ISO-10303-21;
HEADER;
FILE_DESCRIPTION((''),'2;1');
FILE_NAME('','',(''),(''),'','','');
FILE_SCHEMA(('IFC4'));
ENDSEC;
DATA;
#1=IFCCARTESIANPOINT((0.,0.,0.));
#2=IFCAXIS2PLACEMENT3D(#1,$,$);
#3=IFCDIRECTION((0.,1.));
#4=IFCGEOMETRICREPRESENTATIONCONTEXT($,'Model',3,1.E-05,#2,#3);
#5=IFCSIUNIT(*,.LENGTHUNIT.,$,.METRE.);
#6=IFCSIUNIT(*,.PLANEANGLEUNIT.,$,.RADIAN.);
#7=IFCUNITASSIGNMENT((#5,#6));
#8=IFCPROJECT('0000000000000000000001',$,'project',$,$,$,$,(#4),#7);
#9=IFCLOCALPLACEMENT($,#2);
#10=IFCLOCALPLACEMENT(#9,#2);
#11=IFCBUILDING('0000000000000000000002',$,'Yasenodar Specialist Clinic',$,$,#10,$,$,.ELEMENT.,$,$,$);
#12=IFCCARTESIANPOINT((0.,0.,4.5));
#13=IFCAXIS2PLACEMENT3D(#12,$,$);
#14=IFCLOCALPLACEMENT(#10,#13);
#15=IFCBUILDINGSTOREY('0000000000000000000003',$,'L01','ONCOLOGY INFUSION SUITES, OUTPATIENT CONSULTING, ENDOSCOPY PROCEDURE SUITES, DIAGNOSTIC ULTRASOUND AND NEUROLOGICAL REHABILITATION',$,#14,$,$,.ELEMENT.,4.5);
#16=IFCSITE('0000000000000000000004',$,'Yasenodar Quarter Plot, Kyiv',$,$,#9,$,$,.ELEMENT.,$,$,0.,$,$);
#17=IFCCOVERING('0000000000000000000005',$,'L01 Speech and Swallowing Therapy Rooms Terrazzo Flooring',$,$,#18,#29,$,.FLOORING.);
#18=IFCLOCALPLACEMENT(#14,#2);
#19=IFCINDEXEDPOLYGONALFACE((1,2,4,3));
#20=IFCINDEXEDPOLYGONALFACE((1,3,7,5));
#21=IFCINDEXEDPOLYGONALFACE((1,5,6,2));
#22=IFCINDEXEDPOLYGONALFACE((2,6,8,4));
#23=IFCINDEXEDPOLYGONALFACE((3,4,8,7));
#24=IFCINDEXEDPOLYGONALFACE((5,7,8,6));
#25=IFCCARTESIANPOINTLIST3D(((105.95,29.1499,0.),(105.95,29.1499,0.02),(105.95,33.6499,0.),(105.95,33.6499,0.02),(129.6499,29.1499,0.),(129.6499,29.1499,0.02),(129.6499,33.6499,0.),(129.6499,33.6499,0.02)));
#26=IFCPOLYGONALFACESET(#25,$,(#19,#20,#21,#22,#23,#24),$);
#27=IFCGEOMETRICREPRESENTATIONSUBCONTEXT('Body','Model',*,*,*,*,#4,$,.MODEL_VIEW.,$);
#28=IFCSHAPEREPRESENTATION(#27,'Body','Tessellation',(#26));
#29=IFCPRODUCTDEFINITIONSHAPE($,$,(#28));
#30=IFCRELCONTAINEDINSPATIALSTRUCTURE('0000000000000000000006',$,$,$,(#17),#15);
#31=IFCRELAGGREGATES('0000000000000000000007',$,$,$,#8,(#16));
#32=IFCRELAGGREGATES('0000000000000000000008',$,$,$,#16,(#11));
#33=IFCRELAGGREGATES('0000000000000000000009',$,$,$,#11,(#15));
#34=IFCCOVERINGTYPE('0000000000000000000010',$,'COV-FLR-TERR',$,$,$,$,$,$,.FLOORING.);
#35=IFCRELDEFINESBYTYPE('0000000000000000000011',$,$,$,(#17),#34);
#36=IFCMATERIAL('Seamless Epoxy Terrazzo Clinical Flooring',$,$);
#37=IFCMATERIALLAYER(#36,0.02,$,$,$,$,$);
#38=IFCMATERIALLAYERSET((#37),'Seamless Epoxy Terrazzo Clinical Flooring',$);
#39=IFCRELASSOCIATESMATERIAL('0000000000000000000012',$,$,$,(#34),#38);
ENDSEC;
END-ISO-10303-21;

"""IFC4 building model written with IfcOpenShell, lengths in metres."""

from ifc_helpers import new_model, si_unit, direction, frame, origin, place, context, subcontext, project, spatial, polyline, outline, extrude, material, layer, layer_set, type_object, element, save


model = new_model("IFC4")

# Units and contexts
model_context = context("Model", 3, precision=1e-05, world=origin(), true_north=direction((0.0, 1.0)))
body_context = subcontext(model_context, "Body", "Model", "MODEL_VIEW")
ifc_project = project(units=[si_unit("LENGTHUNIT", "METRE"), si_unit("PLANEANGLEUNIT", "RADIAN")], contexts=[model_context])

# Site, building, storey
site_placement = place(None, origin())
site = spatial("IfcSite", under=ifc_project, at=site_placement, Name="Yasenodar Quarter Plot, Kyiv", CompositionType="ELEMENT", RefElevation=0.0)
building_placement = place(site_placement, origin())
building = spatial("IfcBuilding", under=site, at=building_placement, Name="Yasenodar Specialist Clinic", CompositionType="ELEMENT")
storey_placement = place(building_placement, frame((0.0, 0.0, 4.5)))
storey = spatial("IfcBuildingStorey", under=building, at=storey_placement, Name="L01", Description="ONCOLOGY INFUSION SUITES, OUTPATIENT CONSULTING, ENDOSCOPY PROCEDURE SUITES, DIAGNOSTIC ULTRASOUND AND NEUROLOGICAL REHABILITATION", CompositionType="ELEMENT", Elevation=4.5)

# Covering
ifc_material_1 = material(Name="Seamless Epoxy Terrazzo Clinical Flooring")
ifc_layer_1 = layer(ifc_material_1, 0.02)
ifc_layer_set_1 = layer_set([ifc_layer_1], Name="Seamless Epoxy Terrazzo Clinical Flooring")
covering_type_1 = type_object("IfcCoveringType", Name="COV-FLR-TERR", PredefinedType="FLOORING", material=ifc_layer_set_1)
covering_1_placement = place(storey_placement, origin())
element("IfcCovering", 1, at=covering_1_placement, inside=storey, type_object=covering_type_1, Name="L01 Speech and Swallowing Therapy Rooms Terrazzo Flooring", PredefinedType="FLOORING", context=body_context, shape_type="SweptSolid", body=[
    extrude(outline(polyline([(129.6499, 29.1499), (105.95, 29.1499), (105.95, 33.6499), (129.6499, 33.6499), (129.6499, 29.1499)])), origin(), (0.0, 0.0, 1.0), 0.02),
])

save(model, "model.ifc")
